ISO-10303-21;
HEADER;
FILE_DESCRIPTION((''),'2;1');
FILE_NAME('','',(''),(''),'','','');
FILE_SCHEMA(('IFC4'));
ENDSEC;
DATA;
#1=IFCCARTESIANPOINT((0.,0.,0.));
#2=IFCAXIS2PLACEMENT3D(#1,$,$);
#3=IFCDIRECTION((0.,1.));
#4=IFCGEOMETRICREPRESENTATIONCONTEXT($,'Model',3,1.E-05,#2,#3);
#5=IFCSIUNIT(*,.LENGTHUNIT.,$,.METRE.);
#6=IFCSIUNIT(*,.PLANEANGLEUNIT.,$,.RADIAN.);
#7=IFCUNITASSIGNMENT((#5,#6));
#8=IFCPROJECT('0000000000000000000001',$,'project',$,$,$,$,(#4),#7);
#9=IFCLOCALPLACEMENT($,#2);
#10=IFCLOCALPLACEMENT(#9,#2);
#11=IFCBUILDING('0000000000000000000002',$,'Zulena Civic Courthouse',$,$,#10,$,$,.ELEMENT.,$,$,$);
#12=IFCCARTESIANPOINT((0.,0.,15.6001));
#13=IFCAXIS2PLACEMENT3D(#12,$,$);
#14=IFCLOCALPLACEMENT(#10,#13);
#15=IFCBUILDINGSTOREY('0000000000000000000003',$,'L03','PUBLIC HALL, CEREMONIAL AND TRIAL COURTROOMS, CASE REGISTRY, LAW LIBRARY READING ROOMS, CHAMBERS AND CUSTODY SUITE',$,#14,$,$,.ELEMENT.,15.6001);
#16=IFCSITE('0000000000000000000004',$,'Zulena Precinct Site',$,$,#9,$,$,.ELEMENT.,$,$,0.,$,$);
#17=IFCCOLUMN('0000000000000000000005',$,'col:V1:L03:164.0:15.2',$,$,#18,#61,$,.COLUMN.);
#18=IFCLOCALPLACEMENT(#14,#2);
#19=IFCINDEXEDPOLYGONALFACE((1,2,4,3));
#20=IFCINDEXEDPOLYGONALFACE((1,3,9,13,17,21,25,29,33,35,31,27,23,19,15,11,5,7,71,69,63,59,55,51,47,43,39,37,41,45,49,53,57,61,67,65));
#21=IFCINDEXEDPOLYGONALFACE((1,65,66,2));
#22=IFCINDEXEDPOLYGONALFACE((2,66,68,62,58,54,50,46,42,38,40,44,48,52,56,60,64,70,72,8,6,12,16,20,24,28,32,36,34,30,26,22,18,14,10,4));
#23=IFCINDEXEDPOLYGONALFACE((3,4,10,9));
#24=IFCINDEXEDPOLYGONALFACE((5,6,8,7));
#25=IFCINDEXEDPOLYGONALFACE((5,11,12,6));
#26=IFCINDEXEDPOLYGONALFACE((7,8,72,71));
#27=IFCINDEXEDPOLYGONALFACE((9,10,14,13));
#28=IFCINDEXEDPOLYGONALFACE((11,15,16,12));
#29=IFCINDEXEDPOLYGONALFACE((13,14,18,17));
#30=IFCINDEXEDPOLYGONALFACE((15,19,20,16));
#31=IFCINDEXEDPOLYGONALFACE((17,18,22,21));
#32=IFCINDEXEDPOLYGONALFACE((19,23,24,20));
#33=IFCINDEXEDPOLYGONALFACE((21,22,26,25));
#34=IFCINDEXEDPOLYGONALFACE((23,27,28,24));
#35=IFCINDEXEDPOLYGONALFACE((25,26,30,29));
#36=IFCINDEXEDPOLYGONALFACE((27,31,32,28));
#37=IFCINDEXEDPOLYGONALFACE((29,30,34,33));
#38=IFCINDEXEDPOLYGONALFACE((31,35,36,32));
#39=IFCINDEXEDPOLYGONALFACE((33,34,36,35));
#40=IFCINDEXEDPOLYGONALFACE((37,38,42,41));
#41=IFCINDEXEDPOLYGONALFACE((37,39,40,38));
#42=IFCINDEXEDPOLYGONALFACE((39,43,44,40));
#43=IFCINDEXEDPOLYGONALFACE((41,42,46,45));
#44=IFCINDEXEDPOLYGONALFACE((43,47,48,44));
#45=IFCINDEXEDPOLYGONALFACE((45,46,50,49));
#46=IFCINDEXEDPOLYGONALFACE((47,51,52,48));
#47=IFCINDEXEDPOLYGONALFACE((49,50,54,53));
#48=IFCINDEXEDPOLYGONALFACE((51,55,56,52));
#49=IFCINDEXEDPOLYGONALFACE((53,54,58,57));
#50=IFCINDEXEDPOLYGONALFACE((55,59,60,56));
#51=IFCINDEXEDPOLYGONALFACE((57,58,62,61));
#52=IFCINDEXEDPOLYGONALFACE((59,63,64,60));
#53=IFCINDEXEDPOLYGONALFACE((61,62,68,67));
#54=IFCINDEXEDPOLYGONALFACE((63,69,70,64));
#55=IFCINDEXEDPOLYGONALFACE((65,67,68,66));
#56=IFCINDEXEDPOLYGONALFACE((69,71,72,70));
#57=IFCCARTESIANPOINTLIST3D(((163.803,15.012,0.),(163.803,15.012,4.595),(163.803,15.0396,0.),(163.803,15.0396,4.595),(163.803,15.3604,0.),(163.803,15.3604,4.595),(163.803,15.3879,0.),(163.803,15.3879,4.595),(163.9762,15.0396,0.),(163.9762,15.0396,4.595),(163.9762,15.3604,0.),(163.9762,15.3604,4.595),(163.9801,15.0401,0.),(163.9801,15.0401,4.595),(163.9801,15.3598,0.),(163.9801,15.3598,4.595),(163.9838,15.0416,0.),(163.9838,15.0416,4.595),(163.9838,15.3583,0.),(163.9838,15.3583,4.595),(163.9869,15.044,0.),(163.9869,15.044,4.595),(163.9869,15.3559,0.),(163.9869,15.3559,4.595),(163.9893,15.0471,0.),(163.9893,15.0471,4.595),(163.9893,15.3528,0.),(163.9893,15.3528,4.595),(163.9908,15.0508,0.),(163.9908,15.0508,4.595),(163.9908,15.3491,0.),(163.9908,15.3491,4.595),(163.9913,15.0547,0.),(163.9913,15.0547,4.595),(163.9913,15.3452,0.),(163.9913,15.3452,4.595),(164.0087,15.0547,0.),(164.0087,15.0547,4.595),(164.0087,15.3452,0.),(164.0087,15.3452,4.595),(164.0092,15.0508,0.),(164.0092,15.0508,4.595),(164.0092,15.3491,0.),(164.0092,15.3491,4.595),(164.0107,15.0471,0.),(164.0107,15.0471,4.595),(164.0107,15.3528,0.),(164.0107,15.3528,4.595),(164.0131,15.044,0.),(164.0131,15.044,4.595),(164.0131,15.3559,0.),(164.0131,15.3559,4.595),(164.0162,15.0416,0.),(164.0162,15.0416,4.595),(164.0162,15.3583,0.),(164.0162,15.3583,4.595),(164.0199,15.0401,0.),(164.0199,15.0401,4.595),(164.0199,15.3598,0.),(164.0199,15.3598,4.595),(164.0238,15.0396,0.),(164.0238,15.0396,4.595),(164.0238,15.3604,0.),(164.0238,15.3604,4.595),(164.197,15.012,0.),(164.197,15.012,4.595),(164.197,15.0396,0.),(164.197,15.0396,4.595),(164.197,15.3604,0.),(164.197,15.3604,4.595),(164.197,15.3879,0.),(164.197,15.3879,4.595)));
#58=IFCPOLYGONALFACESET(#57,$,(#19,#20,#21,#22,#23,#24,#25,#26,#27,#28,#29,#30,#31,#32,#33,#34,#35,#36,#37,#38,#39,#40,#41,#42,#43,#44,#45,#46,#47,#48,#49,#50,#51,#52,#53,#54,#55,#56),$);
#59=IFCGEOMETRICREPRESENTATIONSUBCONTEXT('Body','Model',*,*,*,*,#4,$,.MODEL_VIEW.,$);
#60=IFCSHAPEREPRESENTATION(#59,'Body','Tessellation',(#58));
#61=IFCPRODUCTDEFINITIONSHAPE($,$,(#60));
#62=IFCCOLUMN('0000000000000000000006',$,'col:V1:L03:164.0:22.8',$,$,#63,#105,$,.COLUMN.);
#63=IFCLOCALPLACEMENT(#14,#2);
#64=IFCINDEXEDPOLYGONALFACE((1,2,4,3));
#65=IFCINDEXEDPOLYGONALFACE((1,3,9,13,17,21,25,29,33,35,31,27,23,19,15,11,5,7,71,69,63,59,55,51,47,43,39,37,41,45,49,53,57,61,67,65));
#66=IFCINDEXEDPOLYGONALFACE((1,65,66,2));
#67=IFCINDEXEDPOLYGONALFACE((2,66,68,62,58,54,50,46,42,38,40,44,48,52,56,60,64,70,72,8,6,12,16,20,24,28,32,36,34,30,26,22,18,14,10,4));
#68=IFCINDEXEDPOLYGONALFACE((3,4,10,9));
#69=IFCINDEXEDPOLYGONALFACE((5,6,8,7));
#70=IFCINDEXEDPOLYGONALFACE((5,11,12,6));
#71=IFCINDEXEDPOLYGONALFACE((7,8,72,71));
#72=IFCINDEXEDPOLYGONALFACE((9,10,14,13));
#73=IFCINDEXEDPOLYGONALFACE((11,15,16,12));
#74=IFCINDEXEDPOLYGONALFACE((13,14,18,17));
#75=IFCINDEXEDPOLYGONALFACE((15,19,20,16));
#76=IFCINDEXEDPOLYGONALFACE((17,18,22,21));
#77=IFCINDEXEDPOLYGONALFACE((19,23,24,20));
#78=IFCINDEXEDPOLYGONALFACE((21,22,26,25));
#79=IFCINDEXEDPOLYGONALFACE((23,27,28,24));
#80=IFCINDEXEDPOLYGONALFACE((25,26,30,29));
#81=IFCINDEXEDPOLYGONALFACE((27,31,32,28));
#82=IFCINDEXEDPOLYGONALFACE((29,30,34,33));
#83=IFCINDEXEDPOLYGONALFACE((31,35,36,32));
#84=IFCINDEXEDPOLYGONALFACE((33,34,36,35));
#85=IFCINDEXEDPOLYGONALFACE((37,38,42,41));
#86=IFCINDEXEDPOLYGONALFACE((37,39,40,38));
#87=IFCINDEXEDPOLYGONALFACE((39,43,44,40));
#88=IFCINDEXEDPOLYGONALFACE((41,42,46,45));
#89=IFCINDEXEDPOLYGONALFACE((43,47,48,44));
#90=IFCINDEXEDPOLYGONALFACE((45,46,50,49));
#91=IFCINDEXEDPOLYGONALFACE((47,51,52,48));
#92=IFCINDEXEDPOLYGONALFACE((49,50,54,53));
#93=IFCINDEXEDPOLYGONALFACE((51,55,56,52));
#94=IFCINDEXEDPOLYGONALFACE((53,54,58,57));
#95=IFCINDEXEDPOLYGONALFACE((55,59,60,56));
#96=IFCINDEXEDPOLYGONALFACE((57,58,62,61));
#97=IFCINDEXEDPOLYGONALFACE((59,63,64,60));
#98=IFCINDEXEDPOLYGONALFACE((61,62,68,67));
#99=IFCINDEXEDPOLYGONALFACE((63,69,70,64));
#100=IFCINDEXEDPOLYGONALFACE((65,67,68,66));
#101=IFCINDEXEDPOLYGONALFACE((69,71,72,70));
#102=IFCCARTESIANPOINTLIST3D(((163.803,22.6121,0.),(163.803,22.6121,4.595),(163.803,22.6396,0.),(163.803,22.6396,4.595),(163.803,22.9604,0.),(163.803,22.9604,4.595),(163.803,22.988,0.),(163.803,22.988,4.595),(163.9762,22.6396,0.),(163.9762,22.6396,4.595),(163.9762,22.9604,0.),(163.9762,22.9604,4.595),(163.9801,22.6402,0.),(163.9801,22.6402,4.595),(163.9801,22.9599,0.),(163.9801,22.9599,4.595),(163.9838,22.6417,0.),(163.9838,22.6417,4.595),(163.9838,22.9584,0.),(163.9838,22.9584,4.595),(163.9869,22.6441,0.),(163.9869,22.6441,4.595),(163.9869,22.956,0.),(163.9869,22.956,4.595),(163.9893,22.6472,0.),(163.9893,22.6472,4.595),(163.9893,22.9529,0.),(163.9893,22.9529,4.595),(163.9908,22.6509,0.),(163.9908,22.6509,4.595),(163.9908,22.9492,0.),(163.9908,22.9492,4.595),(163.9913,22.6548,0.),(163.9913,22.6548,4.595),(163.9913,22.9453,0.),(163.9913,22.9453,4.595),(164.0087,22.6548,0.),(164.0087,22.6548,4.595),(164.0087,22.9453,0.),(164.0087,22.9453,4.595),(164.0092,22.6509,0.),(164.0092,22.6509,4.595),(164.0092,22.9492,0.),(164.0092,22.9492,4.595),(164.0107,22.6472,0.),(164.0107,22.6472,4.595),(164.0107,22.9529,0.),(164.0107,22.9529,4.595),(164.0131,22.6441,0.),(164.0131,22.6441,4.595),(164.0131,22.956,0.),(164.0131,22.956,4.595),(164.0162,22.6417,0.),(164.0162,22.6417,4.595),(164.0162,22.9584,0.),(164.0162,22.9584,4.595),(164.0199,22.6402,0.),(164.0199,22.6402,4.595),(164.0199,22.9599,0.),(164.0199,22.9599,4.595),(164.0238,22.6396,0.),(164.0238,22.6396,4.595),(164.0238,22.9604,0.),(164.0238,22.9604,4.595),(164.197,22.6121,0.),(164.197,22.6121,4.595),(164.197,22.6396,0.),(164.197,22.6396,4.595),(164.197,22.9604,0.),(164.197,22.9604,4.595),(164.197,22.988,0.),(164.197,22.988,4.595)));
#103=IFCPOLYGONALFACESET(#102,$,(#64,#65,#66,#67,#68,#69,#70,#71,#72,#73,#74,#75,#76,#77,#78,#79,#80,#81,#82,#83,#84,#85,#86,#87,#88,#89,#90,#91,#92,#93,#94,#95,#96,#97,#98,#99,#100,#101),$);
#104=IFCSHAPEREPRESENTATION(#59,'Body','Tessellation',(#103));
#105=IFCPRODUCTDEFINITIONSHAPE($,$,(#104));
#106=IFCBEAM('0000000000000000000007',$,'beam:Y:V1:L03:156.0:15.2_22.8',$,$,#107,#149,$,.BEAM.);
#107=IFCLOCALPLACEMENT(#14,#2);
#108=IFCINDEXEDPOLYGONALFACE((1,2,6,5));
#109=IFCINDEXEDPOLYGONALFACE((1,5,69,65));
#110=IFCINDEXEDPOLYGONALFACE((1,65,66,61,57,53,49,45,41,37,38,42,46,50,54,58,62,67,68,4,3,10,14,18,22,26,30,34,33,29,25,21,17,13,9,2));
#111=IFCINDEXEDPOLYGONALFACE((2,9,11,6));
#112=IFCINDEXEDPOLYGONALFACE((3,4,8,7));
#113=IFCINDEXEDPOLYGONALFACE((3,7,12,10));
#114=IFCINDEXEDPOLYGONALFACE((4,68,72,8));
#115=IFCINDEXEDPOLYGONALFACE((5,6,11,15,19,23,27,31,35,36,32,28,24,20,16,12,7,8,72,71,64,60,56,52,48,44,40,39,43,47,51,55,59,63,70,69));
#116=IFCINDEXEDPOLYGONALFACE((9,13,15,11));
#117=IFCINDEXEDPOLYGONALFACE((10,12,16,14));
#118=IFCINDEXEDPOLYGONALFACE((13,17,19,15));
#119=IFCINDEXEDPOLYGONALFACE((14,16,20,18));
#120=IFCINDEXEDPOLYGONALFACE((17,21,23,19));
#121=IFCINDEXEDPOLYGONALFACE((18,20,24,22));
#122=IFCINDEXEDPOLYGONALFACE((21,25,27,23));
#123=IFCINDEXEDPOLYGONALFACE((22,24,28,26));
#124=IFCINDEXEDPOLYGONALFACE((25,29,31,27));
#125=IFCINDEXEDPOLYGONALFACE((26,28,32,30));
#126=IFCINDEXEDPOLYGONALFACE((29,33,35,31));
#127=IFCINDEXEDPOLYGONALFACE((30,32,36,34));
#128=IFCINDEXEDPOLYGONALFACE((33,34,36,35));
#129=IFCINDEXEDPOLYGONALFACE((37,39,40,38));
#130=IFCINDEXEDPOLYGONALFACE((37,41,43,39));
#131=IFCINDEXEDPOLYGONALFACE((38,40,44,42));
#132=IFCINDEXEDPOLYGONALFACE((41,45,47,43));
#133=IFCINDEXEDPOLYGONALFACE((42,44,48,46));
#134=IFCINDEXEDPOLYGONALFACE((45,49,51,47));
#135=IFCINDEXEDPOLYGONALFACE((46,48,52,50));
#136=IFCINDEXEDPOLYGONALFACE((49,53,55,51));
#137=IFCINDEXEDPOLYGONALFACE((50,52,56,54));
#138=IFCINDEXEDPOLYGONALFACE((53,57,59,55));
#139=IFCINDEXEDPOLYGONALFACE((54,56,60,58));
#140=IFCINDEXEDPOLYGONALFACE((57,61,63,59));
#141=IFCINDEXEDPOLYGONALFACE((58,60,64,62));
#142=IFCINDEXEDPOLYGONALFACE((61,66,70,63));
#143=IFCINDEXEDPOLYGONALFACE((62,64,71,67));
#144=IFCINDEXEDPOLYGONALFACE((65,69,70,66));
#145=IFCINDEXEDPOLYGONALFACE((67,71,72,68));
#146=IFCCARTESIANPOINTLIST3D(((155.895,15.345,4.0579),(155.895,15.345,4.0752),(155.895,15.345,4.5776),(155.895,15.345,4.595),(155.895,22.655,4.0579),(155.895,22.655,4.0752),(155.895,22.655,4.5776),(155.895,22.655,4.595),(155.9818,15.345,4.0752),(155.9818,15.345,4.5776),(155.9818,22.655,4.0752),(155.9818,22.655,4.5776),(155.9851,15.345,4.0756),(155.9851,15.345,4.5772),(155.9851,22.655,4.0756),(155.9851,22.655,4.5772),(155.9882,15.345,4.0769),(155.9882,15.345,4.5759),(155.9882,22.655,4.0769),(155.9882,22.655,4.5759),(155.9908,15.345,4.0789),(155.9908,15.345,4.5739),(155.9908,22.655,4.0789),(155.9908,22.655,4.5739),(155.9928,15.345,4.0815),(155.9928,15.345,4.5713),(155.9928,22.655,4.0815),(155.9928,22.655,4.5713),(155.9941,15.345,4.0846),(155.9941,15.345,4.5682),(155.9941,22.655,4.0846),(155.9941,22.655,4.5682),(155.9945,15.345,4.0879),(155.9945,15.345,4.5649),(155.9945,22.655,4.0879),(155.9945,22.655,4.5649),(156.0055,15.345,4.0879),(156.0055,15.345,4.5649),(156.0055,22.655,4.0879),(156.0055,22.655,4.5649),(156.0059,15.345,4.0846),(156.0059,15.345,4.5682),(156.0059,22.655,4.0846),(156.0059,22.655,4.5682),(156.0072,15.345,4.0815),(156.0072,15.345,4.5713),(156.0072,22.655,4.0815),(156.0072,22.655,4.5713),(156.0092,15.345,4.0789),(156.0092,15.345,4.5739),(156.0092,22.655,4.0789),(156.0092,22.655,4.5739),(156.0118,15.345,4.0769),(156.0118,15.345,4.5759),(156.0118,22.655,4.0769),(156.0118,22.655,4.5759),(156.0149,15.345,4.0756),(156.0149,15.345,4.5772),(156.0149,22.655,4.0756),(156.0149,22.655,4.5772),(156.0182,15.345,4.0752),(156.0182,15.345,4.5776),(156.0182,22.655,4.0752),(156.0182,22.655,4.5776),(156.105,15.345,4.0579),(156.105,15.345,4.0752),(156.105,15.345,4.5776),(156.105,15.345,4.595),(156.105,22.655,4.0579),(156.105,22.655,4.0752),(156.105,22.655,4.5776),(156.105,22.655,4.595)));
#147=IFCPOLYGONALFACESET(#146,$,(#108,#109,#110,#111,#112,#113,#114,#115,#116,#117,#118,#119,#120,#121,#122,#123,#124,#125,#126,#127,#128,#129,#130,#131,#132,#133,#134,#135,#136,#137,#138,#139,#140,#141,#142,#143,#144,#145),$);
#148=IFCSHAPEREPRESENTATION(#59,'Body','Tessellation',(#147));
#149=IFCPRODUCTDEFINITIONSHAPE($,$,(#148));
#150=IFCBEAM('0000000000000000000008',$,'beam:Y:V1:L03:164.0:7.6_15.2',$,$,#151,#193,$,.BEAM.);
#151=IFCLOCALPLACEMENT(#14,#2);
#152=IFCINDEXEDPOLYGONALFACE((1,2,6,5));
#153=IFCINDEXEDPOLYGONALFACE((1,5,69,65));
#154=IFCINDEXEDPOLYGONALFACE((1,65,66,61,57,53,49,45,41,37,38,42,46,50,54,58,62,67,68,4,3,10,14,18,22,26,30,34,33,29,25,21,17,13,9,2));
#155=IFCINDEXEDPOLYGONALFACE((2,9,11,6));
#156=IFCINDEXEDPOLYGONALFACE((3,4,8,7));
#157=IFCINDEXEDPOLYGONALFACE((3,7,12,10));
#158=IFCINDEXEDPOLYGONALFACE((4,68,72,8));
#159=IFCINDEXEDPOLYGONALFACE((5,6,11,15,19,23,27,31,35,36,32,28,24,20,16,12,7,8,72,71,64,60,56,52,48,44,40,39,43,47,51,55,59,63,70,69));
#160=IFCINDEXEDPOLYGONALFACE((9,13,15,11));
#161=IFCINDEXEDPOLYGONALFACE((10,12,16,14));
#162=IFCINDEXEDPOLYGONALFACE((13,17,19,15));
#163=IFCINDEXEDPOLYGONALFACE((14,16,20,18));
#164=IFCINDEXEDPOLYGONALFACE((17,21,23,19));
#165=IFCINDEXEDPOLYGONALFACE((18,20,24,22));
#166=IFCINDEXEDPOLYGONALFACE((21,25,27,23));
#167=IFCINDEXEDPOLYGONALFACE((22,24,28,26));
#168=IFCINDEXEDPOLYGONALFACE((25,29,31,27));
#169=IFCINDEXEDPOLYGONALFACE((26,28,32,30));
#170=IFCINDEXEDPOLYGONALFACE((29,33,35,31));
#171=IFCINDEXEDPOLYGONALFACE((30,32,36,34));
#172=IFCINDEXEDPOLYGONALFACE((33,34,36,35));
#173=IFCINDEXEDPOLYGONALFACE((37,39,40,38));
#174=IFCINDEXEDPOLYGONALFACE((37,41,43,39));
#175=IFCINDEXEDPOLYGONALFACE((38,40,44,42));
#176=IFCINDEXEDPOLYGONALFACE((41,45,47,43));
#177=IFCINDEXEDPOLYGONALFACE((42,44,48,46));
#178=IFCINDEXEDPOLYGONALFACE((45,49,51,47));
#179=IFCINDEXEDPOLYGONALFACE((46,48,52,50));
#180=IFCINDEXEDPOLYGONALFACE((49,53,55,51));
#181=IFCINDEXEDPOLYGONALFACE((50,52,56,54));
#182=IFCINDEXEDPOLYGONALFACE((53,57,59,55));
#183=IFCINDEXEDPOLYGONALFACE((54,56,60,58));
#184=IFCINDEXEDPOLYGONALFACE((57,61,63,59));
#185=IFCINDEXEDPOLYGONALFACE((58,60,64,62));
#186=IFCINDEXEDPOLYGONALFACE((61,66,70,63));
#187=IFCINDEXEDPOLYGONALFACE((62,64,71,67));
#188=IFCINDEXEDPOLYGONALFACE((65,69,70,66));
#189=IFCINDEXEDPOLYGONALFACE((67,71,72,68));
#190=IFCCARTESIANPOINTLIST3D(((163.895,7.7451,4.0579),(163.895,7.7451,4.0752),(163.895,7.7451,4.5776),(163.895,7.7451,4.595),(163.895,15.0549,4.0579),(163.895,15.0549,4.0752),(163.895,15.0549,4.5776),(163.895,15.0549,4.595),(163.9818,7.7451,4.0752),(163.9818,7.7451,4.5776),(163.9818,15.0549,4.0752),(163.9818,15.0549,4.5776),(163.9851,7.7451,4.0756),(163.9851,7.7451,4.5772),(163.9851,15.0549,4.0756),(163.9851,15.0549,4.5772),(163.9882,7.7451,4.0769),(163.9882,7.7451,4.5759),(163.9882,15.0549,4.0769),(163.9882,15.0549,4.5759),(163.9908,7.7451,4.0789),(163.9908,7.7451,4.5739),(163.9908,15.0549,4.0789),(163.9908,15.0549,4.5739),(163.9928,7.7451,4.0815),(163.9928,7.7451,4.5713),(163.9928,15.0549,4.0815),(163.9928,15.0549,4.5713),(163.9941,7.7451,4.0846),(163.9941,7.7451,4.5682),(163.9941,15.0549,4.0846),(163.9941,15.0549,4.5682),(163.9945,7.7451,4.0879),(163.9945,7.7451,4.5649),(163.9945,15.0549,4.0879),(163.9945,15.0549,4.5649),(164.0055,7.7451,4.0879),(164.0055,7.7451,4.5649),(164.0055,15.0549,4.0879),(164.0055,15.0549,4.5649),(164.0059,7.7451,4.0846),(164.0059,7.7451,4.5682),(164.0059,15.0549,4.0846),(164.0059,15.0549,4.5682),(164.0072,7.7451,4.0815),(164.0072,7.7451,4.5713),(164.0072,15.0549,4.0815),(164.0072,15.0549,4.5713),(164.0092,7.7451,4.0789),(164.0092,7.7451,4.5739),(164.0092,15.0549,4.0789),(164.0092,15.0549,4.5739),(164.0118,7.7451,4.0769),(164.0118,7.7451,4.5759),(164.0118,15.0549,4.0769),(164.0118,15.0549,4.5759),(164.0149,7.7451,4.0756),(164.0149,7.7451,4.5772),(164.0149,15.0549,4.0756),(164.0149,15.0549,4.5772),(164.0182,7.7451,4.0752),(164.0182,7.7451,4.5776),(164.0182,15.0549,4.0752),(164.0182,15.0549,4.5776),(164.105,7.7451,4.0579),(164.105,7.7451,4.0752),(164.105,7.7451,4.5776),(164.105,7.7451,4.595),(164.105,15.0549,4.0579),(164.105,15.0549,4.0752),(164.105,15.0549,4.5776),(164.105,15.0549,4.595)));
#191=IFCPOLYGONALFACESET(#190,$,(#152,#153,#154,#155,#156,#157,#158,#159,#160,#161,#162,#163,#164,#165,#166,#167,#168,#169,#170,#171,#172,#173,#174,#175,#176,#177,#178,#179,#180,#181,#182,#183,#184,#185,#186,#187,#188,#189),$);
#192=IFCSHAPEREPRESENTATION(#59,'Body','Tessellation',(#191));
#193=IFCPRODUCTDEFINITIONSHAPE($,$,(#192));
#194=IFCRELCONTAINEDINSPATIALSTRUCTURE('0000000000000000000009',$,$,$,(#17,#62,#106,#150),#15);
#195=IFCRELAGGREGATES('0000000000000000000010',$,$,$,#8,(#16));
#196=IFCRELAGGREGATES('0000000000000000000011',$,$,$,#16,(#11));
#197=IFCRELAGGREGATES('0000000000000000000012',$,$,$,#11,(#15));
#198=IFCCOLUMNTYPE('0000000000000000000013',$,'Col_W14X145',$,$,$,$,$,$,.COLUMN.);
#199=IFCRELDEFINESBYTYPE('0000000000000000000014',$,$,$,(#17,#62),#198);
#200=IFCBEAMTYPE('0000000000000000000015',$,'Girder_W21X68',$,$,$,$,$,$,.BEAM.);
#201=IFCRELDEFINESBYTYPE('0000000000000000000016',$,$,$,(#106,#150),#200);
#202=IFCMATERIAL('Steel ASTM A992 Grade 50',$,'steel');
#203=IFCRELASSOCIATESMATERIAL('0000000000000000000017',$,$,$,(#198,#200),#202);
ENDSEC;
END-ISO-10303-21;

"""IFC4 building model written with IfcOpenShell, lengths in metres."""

from ifc_helpers import new_model, si_unit, direction, frame, origin, origin_2d, place, context, subcontext, project, spatial, i_section, extrude, material, material_profile, profile_set, type_object, element, save


model = new_model("IFC4")

# Units and contexts
model_context = context("Model", 3, precision=1e-05, world=origin(), true_north=direction((0.0, 1.0)))
body_context = subcontext(model_context, "Body", "Model", "MODEL_VIEW")
ifc_project = project(units=[si_unit("LENGTHUNIT", "METRE"), si_unit("PLANEANGLEUNIT", "RADIAN")], contexts=[model_context])

# Site, building, storey
site_placement = place(None, origin())
site = spatial("IfcSite", under=ifc_project, at=site_placement, Name="Zulena Precinct Site", CompositionType="ELEMENT", RefElevation=0.0)
building_placement = place(site_placement, origin())
building = spatial("IfcBuilding", under=site, at=building_placement, Name="Zulena Civic Courthouse", CompositionType="ELEMENT")
storey_placement = place(building_placement, frame((0.0, 0.0, 15.6001)))
storey = spatial("IfcBuildingStorey", under=building, at=storey_placement, Name="L03", Description="PUBLIC HALL, CEREMONIAL AND TRIAL COURTROOMS, CASE REGISTRY, LAW LIBRARY READING ROOMS, CHAMBERS AND CUSTODY SUITE", CompositionType="ELEMENT", Elevation=15.6001)

# Columns
ifc_material_1 = material(Name="Steel ASTM A992 Grade 50", Category="steel")
ifc_material_profile_1 = material_profile(ifc_material_1, i_section(OverallWidth=0.394, OverallDepth=0.376, WebThickness=0.0173, FlangeThickness=0.0276, FilletRadius=0.0151, at=origin_2d()), Name="W14X145")
ifc_profile_set_1 = profile_set([ifc_material_profile_1], Name="Steel ASTM A992 Grade 50")
column_type_1 = type_object("IfcColumnType", Name="Col_W14X145", PredefinedType="COLUMN", material=ifc_profile_set_1)
for number, where, z_axis, x_axis, name in (
    (1, (164.0, 15.2, 0.0), (0.0, 0.0, 1.0), (1.0, 0.0, 0.0), "col:V1:L03:164.0:15.2"),
    (2, (164.0, 22.8, 0.0), (0.0, 0.0, 1.0), (1.0, 0.0, 0.0), "col:V1:L03:164.0:22.8"),
):
    element("IfcColumn", number, at=place(storey_placement, frame(where, z_axis=z_axis, x_axis=x_axis)), inside=storey, type_object=column_type_1, Name=name, PredefinedType="COLUMN", context=body_context, shape_type="SweptSolid", body=[
        extrude(i_section(OverallWidth=0.394, OverallDepth=0.376, WebThickness=0.0173, FlangeThickness=0.0276, FilletRadius=0.0151, at=origin_2d()), origin(), (0.0, 0.0, 1.0), 4.595),
    ])

# Beams
ifc_material_profile_2 = material_profile(ifc_material_1, i_section(OverallWidth=0.21, OverallDepth=0.5371, WebThickness=0.011, FlangeThickness=0.0173, FilletRadius=0.0127, at=origin_2d()), Name="W21X68")
ifc_profile_set_2 = profile_set([ifc_material_profile_2], Name="Steel ASTM A992 Grade 50")
beam_type_1 = type_object("IfcBeamType", Name="Girder_W21X68", PredefinedType="BEAM", material=ifc_profile_set_2)
beam_1_placement = place(storey_placement, frame((156.0, 15.345, 4.3264), z_axis=(0.0, 1.0, 0.0), x_axis=(-1.0, 0.0, 0.0)))
element("IfcBeam", 3, at=beam_1_placement, inside=storey, type_object=beam_type_1, Name="beam:Y:V1:L03:156.0:15.2_22.8", PredefinedType="BEAM", context=body_context, shape_type="SweptSolid", body=[
    extrude(i_section(OverallWidth=0.21, OverallDepth=0.5371, WebThickness=0.011, FlangeThickness=0.0173, FilletRadius=0.0127, at=origin_2d()), origin(), (0.0, 0.0, 1.0), 7.3101),
])
beam_2_placement = place(storey_placement, frame((164.0, 7.7451, 4.3264), z_axis=(0.0, 1.0, 0.0), x_axis=(-1.0, 0.0, 0.0)))
element("IfcBeam", 4, at=beam_2_placement, inside=storey, type_object=beam_type_1, Name="beam:Y:V1:L03:164.0:7.6_15.2", PredefinedType="BEAM", context=body_context, shape_type="SweptSolid", body=[
    extrude(i_section(OverallWidth=0.21, OverallDepth=0.5371, WebThickness=0.011, FlangeThickness=0.0173, FilletRadius=0.0127, at=origin_2d()), origin(), (0.0, 0.0, 1.0), 7.3098),
])

save(model, "model.ifc")
